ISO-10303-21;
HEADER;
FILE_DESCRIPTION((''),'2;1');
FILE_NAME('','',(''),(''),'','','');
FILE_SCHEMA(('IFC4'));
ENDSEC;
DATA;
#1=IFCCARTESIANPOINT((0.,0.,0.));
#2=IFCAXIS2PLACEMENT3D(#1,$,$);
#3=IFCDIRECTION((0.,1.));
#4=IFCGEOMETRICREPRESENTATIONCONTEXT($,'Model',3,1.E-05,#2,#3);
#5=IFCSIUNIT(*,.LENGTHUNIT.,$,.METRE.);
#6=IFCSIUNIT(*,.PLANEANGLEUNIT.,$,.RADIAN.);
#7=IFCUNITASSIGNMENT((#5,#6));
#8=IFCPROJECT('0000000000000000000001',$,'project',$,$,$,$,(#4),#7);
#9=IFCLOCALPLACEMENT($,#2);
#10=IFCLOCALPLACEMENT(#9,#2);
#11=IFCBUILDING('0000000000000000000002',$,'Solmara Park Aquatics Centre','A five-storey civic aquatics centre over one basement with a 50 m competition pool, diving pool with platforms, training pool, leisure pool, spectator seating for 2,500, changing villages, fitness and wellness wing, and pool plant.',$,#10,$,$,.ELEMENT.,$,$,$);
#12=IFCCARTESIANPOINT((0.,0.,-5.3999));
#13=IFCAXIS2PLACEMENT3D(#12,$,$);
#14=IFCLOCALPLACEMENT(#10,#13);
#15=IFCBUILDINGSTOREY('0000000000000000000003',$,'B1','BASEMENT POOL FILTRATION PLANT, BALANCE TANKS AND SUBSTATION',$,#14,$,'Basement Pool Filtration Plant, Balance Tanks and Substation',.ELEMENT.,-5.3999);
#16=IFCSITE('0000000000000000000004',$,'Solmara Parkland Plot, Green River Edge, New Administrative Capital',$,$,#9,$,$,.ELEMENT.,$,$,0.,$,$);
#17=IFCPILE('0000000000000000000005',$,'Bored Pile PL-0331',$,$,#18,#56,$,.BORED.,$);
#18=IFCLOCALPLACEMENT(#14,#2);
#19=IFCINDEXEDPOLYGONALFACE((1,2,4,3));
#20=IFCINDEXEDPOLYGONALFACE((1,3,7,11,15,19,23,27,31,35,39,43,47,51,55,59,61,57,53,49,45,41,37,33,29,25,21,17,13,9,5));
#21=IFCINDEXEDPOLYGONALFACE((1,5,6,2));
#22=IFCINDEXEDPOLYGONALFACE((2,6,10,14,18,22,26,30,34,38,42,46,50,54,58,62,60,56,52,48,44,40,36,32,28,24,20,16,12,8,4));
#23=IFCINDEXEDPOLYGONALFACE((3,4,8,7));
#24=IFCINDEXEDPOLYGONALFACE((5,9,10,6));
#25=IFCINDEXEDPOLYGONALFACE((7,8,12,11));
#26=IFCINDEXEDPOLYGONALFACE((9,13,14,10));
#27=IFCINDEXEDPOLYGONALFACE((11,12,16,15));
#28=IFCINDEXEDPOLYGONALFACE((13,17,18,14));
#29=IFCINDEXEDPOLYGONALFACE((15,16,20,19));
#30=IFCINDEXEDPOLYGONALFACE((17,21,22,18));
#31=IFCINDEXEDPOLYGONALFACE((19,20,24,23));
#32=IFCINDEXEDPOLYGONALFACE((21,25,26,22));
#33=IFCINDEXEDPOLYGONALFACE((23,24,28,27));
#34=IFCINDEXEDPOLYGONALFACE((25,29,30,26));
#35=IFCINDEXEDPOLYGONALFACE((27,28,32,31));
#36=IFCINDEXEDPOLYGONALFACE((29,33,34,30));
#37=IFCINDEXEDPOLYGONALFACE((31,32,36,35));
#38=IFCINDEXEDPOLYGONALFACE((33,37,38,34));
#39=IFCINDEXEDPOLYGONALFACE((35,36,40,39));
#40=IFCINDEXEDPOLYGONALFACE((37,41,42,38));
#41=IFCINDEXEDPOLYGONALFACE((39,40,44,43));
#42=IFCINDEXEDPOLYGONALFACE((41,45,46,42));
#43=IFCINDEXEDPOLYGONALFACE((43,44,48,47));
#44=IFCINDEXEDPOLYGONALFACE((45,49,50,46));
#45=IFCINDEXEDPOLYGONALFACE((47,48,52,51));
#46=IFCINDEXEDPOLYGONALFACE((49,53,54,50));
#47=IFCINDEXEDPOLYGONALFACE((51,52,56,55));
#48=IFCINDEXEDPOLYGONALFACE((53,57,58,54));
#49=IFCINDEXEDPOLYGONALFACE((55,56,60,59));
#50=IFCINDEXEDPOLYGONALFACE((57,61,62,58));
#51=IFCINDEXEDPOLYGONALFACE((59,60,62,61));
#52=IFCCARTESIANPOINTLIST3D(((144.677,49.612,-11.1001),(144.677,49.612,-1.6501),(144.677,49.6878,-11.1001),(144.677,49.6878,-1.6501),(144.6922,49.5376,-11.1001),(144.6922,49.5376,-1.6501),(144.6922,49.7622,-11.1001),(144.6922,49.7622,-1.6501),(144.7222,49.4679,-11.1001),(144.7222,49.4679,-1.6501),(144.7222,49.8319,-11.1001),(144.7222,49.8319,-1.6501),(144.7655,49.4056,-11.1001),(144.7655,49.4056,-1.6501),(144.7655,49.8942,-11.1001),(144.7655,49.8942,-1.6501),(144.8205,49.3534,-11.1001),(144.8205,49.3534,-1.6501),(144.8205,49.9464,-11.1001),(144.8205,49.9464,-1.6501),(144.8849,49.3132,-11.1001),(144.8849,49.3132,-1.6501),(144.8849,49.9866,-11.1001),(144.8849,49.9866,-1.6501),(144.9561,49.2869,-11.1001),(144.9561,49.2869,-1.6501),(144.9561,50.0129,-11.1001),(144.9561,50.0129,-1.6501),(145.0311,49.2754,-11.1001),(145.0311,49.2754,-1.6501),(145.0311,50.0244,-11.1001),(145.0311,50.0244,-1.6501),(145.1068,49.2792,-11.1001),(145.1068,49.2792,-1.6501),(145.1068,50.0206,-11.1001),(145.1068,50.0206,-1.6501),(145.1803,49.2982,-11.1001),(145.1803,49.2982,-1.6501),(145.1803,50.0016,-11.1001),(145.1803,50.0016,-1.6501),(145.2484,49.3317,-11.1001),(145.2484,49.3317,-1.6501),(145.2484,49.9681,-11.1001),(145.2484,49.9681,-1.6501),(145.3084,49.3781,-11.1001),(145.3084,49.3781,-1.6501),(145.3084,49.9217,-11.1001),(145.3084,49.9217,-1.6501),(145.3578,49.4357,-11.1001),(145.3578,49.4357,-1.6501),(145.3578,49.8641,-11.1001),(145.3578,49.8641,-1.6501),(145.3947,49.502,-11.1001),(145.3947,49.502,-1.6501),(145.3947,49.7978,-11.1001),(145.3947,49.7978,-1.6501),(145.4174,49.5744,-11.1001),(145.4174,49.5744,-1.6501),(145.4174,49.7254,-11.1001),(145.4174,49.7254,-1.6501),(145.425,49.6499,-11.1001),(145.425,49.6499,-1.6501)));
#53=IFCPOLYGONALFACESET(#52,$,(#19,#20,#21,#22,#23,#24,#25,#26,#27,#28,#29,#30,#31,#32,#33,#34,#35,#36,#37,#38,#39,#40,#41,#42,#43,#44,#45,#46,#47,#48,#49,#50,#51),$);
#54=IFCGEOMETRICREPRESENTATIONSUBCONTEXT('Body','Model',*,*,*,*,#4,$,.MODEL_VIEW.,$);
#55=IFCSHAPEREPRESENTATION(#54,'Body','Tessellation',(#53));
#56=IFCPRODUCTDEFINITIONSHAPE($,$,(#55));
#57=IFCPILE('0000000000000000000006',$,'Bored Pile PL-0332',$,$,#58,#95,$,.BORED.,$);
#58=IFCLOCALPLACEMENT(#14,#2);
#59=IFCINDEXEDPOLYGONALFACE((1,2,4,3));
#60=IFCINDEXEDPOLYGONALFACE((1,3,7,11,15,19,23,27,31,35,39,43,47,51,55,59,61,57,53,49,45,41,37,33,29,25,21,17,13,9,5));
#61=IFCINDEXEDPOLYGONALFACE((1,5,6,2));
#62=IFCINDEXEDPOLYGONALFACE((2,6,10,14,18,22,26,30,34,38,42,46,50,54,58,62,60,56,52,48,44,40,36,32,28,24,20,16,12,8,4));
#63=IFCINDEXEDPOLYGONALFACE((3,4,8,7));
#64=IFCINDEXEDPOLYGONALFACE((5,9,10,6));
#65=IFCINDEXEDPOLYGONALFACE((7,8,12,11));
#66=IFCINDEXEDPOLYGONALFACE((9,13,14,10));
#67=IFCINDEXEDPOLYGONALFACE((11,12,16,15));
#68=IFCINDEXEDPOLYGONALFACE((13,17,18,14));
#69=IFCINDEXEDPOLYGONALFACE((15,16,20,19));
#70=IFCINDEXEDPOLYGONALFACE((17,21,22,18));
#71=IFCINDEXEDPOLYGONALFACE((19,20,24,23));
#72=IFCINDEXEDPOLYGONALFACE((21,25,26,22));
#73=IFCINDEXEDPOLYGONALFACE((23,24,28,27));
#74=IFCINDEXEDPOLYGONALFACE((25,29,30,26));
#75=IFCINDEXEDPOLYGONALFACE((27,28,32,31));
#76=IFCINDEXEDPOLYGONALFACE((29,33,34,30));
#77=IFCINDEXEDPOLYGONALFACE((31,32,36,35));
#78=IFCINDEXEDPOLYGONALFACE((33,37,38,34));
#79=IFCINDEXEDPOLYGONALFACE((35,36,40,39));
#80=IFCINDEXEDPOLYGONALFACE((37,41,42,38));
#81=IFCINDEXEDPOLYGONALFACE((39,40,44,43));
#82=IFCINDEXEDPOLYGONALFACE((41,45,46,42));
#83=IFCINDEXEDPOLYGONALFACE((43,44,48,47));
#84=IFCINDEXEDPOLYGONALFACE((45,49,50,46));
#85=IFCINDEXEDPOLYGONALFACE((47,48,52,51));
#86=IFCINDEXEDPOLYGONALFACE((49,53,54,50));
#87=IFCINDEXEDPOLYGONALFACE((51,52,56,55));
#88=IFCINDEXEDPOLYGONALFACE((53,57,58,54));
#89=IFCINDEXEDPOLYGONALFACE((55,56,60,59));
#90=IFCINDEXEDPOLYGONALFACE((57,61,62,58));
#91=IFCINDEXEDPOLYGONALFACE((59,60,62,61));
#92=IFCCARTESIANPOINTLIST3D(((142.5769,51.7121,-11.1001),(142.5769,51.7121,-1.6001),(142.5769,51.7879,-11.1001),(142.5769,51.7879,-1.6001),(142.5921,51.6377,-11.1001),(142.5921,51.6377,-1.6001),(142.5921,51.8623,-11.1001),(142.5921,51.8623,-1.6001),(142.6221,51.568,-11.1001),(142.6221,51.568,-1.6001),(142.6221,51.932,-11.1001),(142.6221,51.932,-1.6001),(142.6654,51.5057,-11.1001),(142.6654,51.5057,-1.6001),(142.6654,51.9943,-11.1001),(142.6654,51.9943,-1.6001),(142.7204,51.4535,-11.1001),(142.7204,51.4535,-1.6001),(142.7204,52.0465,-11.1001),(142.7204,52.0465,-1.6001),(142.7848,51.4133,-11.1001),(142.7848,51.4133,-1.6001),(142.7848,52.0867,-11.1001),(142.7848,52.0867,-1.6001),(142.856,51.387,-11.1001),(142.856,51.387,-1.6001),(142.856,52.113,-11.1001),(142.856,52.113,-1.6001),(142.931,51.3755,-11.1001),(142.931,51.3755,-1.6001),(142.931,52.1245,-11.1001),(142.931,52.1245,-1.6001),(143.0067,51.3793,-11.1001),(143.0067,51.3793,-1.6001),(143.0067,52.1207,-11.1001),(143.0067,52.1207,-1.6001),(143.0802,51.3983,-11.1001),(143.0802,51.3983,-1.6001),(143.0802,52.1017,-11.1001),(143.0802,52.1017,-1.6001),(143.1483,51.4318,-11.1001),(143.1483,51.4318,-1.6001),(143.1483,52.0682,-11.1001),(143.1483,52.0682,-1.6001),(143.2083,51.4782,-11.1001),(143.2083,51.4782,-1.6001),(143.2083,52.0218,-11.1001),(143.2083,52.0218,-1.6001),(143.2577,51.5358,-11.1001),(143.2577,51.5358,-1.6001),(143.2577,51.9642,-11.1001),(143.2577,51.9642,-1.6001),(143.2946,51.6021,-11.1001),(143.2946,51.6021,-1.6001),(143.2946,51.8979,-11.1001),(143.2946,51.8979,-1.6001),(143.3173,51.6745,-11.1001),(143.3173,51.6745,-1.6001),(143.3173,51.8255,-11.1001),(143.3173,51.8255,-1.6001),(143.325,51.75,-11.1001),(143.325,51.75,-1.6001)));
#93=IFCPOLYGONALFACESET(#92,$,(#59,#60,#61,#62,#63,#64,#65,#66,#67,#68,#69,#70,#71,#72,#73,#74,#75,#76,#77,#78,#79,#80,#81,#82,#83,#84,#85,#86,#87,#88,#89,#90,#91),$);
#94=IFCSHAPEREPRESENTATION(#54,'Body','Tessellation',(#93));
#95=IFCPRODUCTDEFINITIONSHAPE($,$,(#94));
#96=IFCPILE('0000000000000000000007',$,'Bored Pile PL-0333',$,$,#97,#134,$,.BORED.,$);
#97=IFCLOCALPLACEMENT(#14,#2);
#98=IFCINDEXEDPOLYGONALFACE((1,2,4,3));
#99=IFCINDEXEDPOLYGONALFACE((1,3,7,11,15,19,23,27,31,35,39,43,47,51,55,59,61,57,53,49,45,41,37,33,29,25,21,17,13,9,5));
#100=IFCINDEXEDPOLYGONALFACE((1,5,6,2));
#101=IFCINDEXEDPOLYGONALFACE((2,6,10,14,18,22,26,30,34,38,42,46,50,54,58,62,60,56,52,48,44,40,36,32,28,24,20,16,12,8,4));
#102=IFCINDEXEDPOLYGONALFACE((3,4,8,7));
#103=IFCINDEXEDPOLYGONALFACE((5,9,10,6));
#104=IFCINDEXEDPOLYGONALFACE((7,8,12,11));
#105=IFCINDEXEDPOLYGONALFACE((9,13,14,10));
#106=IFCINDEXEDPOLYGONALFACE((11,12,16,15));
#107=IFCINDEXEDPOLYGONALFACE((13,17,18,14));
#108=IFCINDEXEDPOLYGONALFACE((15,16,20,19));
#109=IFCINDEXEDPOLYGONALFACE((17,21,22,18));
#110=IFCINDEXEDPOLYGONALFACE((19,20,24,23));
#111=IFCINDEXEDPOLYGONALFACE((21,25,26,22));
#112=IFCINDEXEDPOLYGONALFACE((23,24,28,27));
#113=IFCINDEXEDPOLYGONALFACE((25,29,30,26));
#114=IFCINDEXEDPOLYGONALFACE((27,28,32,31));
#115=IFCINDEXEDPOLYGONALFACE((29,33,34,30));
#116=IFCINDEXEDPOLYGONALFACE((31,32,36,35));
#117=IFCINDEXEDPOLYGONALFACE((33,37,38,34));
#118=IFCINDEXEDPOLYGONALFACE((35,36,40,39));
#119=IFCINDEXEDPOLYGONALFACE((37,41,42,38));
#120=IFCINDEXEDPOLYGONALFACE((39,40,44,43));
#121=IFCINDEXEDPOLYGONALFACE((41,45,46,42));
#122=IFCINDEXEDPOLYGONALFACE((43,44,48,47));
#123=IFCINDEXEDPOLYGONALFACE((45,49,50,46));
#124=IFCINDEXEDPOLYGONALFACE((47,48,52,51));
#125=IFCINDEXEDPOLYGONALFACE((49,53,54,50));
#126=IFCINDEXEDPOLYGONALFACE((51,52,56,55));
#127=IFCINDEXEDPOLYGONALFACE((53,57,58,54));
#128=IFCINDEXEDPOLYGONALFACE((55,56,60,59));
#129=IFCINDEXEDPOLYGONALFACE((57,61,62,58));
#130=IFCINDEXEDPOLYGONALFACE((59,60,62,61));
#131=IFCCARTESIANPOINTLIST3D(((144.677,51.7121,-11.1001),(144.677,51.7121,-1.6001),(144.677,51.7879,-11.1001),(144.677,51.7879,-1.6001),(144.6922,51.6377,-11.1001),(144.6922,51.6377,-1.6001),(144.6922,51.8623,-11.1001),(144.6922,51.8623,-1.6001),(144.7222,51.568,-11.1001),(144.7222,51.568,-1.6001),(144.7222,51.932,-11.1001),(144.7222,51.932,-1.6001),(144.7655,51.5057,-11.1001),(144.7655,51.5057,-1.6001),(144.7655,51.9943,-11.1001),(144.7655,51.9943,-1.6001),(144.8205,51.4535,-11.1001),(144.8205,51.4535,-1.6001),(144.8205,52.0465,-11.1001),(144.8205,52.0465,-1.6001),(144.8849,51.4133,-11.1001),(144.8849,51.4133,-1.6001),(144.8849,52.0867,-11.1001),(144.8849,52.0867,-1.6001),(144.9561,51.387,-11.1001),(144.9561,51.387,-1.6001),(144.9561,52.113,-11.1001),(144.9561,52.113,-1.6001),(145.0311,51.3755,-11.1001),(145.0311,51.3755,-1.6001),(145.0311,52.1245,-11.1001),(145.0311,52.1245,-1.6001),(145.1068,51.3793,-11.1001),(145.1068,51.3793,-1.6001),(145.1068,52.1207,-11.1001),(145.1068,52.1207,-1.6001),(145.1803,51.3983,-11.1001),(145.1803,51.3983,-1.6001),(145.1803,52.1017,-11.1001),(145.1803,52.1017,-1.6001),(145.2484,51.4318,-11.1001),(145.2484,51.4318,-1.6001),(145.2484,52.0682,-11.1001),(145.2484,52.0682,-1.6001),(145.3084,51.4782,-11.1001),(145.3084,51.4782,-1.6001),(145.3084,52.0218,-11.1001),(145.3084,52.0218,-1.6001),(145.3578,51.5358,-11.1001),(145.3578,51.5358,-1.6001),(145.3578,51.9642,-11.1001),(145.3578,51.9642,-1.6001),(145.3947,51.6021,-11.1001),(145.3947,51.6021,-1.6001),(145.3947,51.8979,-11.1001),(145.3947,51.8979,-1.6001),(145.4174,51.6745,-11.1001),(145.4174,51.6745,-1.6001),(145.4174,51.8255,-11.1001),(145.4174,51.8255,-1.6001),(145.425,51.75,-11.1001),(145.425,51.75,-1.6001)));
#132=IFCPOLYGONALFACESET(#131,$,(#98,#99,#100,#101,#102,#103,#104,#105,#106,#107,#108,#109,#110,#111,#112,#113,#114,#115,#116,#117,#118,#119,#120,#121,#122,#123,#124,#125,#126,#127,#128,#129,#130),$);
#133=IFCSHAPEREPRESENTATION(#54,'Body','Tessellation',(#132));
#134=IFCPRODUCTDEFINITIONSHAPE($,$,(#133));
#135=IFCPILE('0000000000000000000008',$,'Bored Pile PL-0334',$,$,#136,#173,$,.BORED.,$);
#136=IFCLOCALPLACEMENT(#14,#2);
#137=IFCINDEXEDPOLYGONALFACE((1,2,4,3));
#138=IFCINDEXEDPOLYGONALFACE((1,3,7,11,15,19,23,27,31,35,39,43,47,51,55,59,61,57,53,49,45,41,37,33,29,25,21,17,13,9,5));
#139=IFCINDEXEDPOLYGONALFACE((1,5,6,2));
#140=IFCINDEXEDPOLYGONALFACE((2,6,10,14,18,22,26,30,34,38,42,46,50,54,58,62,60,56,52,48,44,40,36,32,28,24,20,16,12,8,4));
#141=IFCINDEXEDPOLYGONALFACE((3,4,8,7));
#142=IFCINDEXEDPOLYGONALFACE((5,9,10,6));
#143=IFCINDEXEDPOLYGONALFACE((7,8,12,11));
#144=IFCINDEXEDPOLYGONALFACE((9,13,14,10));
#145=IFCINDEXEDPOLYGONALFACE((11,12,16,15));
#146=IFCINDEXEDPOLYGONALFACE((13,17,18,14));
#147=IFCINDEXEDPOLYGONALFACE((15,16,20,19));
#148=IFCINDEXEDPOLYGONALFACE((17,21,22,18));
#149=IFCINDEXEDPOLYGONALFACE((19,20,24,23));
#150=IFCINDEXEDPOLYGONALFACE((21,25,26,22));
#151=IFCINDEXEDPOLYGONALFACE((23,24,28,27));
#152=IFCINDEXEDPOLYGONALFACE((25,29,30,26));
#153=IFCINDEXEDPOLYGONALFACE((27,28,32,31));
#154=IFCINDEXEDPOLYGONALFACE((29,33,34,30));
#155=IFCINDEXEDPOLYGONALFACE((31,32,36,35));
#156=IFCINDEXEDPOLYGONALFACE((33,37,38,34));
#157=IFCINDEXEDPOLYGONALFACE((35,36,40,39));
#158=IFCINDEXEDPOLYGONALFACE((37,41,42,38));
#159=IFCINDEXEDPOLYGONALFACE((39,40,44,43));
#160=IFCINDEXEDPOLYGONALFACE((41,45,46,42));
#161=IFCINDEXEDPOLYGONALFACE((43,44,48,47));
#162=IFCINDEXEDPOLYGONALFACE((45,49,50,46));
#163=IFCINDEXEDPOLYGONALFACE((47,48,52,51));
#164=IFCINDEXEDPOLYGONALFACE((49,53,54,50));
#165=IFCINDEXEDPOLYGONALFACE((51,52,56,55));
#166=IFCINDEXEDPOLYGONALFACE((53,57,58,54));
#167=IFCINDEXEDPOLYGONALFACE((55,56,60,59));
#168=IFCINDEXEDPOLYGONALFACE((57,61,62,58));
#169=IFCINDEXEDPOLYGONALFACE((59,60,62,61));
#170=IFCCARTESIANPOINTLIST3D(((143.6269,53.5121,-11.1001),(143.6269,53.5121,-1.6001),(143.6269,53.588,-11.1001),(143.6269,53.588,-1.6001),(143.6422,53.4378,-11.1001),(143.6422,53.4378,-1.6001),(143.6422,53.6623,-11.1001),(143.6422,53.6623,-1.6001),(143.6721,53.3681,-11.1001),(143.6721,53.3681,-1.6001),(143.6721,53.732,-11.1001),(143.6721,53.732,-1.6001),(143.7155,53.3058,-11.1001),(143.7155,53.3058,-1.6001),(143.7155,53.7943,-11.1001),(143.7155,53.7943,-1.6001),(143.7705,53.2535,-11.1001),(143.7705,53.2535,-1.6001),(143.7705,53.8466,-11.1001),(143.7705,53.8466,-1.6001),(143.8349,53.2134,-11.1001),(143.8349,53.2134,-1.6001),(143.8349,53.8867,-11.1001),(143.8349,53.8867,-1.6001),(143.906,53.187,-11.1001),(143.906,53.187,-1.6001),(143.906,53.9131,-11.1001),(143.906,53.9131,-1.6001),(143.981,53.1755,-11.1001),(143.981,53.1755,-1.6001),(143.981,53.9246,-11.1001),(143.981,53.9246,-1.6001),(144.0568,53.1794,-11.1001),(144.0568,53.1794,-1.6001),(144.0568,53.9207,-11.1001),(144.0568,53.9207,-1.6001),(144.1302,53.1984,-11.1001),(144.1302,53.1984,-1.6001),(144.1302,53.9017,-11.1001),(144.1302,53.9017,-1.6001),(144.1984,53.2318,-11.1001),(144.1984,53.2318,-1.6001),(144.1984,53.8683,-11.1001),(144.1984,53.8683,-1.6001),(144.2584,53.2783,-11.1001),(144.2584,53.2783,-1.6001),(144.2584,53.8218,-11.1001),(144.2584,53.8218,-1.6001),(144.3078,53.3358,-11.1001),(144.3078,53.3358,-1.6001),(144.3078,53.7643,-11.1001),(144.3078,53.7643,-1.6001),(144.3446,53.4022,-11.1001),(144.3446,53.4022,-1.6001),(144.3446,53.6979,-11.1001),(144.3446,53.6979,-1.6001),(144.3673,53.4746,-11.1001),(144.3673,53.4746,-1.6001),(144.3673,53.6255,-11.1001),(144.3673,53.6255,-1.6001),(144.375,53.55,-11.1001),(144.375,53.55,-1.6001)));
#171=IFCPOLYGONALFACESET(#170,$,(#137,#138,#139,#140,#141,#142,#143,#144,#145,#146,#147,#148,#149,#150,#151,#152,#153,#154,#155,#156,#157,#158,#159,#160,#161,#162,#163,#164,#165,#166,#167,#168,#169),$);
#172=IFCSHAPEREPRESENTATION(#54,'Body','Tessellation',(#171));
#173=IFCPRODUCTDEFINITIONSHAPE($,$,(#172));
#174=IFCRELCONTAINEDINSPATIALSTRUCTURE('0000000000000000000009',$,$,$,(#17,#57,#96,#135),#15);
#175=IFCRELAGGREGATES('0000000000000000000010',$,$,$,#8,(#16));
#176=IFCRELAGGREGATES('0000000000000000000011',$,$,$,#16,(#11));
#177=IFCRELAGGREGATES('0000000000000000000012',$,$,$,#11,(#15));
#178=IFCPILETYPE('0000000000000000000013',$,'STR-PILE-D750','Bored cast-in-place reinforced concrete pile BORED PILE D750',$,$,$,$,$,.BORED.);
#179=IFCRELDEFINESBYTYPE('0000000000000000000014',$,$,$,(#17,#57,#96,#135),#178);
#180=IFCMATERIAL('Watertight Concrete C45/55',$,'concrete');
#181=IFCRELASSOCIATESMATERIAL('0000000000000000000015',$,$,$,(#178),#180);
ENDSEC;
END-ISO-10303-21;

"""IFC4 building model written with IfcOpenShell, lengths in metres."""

from ifc_helpers import new_model, si_unit, direction, frame, origin, origin_2d, place, context, subcontext, project, spatial, circle, extrude, material, material_profile, profile_set, type_object, element, save


model = new_model("IFC4")

# Units and contexts
model_context = context("Model", 3, precision=1e-05, world=origin(), true_north=direction((0.0, 1.0)))
body_context = subcontext(model_context, "Body", "Model", "MODEL_VIEW")
ifc_project = project(units=[si_unit("LENGTHUNIT", "METRE"), si_unit("PLANEANGLEUNIT", "RADIAN")], contexts=[model_context])

# Site, building, storey
site_placement = place(None, origin())
site = spatial("IfcSite", under=ifc_project, at=site_placement, Name="Solmara Parkland Plot, Green River Edge, New Administrative Capital", CompositionType="ELEMENT", RefElevation=0.0)
building_placement = place(site_placement, origin())
building = spatial("IfcBuilding", under=site, at=building_placement, Name="Solmara Park Aquatics Centre", Description="A five-storey civic aquatics centre over one basement with a 50 m competition pool, diving pool with platforms, training pool, leisure pool, spectator seating for 2,500, changing villages, fitness and wellness wing, and pool plant.", CompositionType="ELEMENT")
storey_placement = place(building_placement, frame((0.0, 0.0, -5.3999)))
storey = spatial("IfcBuildingStorey", under=building, at=storey_placement, Name="B1", Description="BASEMENT POOL FILTRATION PLANT, BALANCE TANKS AND SUBSTATION", LongName="Basement Pool Filtration Plant, Balance Tanks and Substation", CompositionType="ELEMENT", Elevation=-5.3999)

# Shared definitions
ifc_material_1 = material(Name="Watertight Concrete C45/55", Category="concrete")

# Piles
ifc_material_profile_1 = material_profile(ifc_material_1, circle(Radius=0.375, at=origin_2d()), Name="BORED PILE D750")
ifc_profile_set_1 = profile_set([ifc_material_profile_1], Name="Watertight Concrete C45/55")
pile_type_1 = type_object("IfcPileType", Name="STR-PILE-D750", Description="Bored cast-in-place reinforced concrete pile BORED PILE D750", PredefinedType="BORED", material=ifc_profile_set_1)
pile_placement = place(storey_placement, frame((145.05, 49.6499, -1.6501), z_axis=(0.0, 0.0, -1.0), x_axis=(1.0, 0.0, 0.0)))
element("IfcPile", 1, at=pile_placement, inside=storey, type_object=pile_type_1, Name="Bored Pile PL-0331", PredefinedType="BORED", context=body_context, shape_type="SweptSolid", body=[
    extrude(circle(Radius=0.375, at=origin_2d()), origin(), (0.0, 0.0, 1.0), 9.45),
])
for number, where, z_axis, x_axis, name in (
    (2, (142.95, 51.75, -1.6001), (0.0, 0.0, -1.0), (1.0, 0.0, 0.0), "Bored Pile PL-0332"),
    (3, (145.05, 51.75, -1.6001), (0.0, 0.0, -1.0), (1.0, 0.0, 0.0), "Bored Pile PL-0333"),
    (4, (144.0, 53.55, -1.6001), (0.0, 0.0, -1.0), (1.0, 0.0, 0.0), "Bored Pile PL-0334"),
):
    element("IfcPile", number, at=place(storey_placement, frame(where, z_axis=z_axis, x_axis=x_axis)), inside=storey, type_object=pile_type_1, Name=name, PredefinedType="BORED", context=body_context, shape_type="SweptSolid", body=[
        extrude(circle(Radius=0.375, at=origin_2d()), origin(), (0.0, 0.0, 1.0), 9.5),
    ])

save(model, "model.ifc")
